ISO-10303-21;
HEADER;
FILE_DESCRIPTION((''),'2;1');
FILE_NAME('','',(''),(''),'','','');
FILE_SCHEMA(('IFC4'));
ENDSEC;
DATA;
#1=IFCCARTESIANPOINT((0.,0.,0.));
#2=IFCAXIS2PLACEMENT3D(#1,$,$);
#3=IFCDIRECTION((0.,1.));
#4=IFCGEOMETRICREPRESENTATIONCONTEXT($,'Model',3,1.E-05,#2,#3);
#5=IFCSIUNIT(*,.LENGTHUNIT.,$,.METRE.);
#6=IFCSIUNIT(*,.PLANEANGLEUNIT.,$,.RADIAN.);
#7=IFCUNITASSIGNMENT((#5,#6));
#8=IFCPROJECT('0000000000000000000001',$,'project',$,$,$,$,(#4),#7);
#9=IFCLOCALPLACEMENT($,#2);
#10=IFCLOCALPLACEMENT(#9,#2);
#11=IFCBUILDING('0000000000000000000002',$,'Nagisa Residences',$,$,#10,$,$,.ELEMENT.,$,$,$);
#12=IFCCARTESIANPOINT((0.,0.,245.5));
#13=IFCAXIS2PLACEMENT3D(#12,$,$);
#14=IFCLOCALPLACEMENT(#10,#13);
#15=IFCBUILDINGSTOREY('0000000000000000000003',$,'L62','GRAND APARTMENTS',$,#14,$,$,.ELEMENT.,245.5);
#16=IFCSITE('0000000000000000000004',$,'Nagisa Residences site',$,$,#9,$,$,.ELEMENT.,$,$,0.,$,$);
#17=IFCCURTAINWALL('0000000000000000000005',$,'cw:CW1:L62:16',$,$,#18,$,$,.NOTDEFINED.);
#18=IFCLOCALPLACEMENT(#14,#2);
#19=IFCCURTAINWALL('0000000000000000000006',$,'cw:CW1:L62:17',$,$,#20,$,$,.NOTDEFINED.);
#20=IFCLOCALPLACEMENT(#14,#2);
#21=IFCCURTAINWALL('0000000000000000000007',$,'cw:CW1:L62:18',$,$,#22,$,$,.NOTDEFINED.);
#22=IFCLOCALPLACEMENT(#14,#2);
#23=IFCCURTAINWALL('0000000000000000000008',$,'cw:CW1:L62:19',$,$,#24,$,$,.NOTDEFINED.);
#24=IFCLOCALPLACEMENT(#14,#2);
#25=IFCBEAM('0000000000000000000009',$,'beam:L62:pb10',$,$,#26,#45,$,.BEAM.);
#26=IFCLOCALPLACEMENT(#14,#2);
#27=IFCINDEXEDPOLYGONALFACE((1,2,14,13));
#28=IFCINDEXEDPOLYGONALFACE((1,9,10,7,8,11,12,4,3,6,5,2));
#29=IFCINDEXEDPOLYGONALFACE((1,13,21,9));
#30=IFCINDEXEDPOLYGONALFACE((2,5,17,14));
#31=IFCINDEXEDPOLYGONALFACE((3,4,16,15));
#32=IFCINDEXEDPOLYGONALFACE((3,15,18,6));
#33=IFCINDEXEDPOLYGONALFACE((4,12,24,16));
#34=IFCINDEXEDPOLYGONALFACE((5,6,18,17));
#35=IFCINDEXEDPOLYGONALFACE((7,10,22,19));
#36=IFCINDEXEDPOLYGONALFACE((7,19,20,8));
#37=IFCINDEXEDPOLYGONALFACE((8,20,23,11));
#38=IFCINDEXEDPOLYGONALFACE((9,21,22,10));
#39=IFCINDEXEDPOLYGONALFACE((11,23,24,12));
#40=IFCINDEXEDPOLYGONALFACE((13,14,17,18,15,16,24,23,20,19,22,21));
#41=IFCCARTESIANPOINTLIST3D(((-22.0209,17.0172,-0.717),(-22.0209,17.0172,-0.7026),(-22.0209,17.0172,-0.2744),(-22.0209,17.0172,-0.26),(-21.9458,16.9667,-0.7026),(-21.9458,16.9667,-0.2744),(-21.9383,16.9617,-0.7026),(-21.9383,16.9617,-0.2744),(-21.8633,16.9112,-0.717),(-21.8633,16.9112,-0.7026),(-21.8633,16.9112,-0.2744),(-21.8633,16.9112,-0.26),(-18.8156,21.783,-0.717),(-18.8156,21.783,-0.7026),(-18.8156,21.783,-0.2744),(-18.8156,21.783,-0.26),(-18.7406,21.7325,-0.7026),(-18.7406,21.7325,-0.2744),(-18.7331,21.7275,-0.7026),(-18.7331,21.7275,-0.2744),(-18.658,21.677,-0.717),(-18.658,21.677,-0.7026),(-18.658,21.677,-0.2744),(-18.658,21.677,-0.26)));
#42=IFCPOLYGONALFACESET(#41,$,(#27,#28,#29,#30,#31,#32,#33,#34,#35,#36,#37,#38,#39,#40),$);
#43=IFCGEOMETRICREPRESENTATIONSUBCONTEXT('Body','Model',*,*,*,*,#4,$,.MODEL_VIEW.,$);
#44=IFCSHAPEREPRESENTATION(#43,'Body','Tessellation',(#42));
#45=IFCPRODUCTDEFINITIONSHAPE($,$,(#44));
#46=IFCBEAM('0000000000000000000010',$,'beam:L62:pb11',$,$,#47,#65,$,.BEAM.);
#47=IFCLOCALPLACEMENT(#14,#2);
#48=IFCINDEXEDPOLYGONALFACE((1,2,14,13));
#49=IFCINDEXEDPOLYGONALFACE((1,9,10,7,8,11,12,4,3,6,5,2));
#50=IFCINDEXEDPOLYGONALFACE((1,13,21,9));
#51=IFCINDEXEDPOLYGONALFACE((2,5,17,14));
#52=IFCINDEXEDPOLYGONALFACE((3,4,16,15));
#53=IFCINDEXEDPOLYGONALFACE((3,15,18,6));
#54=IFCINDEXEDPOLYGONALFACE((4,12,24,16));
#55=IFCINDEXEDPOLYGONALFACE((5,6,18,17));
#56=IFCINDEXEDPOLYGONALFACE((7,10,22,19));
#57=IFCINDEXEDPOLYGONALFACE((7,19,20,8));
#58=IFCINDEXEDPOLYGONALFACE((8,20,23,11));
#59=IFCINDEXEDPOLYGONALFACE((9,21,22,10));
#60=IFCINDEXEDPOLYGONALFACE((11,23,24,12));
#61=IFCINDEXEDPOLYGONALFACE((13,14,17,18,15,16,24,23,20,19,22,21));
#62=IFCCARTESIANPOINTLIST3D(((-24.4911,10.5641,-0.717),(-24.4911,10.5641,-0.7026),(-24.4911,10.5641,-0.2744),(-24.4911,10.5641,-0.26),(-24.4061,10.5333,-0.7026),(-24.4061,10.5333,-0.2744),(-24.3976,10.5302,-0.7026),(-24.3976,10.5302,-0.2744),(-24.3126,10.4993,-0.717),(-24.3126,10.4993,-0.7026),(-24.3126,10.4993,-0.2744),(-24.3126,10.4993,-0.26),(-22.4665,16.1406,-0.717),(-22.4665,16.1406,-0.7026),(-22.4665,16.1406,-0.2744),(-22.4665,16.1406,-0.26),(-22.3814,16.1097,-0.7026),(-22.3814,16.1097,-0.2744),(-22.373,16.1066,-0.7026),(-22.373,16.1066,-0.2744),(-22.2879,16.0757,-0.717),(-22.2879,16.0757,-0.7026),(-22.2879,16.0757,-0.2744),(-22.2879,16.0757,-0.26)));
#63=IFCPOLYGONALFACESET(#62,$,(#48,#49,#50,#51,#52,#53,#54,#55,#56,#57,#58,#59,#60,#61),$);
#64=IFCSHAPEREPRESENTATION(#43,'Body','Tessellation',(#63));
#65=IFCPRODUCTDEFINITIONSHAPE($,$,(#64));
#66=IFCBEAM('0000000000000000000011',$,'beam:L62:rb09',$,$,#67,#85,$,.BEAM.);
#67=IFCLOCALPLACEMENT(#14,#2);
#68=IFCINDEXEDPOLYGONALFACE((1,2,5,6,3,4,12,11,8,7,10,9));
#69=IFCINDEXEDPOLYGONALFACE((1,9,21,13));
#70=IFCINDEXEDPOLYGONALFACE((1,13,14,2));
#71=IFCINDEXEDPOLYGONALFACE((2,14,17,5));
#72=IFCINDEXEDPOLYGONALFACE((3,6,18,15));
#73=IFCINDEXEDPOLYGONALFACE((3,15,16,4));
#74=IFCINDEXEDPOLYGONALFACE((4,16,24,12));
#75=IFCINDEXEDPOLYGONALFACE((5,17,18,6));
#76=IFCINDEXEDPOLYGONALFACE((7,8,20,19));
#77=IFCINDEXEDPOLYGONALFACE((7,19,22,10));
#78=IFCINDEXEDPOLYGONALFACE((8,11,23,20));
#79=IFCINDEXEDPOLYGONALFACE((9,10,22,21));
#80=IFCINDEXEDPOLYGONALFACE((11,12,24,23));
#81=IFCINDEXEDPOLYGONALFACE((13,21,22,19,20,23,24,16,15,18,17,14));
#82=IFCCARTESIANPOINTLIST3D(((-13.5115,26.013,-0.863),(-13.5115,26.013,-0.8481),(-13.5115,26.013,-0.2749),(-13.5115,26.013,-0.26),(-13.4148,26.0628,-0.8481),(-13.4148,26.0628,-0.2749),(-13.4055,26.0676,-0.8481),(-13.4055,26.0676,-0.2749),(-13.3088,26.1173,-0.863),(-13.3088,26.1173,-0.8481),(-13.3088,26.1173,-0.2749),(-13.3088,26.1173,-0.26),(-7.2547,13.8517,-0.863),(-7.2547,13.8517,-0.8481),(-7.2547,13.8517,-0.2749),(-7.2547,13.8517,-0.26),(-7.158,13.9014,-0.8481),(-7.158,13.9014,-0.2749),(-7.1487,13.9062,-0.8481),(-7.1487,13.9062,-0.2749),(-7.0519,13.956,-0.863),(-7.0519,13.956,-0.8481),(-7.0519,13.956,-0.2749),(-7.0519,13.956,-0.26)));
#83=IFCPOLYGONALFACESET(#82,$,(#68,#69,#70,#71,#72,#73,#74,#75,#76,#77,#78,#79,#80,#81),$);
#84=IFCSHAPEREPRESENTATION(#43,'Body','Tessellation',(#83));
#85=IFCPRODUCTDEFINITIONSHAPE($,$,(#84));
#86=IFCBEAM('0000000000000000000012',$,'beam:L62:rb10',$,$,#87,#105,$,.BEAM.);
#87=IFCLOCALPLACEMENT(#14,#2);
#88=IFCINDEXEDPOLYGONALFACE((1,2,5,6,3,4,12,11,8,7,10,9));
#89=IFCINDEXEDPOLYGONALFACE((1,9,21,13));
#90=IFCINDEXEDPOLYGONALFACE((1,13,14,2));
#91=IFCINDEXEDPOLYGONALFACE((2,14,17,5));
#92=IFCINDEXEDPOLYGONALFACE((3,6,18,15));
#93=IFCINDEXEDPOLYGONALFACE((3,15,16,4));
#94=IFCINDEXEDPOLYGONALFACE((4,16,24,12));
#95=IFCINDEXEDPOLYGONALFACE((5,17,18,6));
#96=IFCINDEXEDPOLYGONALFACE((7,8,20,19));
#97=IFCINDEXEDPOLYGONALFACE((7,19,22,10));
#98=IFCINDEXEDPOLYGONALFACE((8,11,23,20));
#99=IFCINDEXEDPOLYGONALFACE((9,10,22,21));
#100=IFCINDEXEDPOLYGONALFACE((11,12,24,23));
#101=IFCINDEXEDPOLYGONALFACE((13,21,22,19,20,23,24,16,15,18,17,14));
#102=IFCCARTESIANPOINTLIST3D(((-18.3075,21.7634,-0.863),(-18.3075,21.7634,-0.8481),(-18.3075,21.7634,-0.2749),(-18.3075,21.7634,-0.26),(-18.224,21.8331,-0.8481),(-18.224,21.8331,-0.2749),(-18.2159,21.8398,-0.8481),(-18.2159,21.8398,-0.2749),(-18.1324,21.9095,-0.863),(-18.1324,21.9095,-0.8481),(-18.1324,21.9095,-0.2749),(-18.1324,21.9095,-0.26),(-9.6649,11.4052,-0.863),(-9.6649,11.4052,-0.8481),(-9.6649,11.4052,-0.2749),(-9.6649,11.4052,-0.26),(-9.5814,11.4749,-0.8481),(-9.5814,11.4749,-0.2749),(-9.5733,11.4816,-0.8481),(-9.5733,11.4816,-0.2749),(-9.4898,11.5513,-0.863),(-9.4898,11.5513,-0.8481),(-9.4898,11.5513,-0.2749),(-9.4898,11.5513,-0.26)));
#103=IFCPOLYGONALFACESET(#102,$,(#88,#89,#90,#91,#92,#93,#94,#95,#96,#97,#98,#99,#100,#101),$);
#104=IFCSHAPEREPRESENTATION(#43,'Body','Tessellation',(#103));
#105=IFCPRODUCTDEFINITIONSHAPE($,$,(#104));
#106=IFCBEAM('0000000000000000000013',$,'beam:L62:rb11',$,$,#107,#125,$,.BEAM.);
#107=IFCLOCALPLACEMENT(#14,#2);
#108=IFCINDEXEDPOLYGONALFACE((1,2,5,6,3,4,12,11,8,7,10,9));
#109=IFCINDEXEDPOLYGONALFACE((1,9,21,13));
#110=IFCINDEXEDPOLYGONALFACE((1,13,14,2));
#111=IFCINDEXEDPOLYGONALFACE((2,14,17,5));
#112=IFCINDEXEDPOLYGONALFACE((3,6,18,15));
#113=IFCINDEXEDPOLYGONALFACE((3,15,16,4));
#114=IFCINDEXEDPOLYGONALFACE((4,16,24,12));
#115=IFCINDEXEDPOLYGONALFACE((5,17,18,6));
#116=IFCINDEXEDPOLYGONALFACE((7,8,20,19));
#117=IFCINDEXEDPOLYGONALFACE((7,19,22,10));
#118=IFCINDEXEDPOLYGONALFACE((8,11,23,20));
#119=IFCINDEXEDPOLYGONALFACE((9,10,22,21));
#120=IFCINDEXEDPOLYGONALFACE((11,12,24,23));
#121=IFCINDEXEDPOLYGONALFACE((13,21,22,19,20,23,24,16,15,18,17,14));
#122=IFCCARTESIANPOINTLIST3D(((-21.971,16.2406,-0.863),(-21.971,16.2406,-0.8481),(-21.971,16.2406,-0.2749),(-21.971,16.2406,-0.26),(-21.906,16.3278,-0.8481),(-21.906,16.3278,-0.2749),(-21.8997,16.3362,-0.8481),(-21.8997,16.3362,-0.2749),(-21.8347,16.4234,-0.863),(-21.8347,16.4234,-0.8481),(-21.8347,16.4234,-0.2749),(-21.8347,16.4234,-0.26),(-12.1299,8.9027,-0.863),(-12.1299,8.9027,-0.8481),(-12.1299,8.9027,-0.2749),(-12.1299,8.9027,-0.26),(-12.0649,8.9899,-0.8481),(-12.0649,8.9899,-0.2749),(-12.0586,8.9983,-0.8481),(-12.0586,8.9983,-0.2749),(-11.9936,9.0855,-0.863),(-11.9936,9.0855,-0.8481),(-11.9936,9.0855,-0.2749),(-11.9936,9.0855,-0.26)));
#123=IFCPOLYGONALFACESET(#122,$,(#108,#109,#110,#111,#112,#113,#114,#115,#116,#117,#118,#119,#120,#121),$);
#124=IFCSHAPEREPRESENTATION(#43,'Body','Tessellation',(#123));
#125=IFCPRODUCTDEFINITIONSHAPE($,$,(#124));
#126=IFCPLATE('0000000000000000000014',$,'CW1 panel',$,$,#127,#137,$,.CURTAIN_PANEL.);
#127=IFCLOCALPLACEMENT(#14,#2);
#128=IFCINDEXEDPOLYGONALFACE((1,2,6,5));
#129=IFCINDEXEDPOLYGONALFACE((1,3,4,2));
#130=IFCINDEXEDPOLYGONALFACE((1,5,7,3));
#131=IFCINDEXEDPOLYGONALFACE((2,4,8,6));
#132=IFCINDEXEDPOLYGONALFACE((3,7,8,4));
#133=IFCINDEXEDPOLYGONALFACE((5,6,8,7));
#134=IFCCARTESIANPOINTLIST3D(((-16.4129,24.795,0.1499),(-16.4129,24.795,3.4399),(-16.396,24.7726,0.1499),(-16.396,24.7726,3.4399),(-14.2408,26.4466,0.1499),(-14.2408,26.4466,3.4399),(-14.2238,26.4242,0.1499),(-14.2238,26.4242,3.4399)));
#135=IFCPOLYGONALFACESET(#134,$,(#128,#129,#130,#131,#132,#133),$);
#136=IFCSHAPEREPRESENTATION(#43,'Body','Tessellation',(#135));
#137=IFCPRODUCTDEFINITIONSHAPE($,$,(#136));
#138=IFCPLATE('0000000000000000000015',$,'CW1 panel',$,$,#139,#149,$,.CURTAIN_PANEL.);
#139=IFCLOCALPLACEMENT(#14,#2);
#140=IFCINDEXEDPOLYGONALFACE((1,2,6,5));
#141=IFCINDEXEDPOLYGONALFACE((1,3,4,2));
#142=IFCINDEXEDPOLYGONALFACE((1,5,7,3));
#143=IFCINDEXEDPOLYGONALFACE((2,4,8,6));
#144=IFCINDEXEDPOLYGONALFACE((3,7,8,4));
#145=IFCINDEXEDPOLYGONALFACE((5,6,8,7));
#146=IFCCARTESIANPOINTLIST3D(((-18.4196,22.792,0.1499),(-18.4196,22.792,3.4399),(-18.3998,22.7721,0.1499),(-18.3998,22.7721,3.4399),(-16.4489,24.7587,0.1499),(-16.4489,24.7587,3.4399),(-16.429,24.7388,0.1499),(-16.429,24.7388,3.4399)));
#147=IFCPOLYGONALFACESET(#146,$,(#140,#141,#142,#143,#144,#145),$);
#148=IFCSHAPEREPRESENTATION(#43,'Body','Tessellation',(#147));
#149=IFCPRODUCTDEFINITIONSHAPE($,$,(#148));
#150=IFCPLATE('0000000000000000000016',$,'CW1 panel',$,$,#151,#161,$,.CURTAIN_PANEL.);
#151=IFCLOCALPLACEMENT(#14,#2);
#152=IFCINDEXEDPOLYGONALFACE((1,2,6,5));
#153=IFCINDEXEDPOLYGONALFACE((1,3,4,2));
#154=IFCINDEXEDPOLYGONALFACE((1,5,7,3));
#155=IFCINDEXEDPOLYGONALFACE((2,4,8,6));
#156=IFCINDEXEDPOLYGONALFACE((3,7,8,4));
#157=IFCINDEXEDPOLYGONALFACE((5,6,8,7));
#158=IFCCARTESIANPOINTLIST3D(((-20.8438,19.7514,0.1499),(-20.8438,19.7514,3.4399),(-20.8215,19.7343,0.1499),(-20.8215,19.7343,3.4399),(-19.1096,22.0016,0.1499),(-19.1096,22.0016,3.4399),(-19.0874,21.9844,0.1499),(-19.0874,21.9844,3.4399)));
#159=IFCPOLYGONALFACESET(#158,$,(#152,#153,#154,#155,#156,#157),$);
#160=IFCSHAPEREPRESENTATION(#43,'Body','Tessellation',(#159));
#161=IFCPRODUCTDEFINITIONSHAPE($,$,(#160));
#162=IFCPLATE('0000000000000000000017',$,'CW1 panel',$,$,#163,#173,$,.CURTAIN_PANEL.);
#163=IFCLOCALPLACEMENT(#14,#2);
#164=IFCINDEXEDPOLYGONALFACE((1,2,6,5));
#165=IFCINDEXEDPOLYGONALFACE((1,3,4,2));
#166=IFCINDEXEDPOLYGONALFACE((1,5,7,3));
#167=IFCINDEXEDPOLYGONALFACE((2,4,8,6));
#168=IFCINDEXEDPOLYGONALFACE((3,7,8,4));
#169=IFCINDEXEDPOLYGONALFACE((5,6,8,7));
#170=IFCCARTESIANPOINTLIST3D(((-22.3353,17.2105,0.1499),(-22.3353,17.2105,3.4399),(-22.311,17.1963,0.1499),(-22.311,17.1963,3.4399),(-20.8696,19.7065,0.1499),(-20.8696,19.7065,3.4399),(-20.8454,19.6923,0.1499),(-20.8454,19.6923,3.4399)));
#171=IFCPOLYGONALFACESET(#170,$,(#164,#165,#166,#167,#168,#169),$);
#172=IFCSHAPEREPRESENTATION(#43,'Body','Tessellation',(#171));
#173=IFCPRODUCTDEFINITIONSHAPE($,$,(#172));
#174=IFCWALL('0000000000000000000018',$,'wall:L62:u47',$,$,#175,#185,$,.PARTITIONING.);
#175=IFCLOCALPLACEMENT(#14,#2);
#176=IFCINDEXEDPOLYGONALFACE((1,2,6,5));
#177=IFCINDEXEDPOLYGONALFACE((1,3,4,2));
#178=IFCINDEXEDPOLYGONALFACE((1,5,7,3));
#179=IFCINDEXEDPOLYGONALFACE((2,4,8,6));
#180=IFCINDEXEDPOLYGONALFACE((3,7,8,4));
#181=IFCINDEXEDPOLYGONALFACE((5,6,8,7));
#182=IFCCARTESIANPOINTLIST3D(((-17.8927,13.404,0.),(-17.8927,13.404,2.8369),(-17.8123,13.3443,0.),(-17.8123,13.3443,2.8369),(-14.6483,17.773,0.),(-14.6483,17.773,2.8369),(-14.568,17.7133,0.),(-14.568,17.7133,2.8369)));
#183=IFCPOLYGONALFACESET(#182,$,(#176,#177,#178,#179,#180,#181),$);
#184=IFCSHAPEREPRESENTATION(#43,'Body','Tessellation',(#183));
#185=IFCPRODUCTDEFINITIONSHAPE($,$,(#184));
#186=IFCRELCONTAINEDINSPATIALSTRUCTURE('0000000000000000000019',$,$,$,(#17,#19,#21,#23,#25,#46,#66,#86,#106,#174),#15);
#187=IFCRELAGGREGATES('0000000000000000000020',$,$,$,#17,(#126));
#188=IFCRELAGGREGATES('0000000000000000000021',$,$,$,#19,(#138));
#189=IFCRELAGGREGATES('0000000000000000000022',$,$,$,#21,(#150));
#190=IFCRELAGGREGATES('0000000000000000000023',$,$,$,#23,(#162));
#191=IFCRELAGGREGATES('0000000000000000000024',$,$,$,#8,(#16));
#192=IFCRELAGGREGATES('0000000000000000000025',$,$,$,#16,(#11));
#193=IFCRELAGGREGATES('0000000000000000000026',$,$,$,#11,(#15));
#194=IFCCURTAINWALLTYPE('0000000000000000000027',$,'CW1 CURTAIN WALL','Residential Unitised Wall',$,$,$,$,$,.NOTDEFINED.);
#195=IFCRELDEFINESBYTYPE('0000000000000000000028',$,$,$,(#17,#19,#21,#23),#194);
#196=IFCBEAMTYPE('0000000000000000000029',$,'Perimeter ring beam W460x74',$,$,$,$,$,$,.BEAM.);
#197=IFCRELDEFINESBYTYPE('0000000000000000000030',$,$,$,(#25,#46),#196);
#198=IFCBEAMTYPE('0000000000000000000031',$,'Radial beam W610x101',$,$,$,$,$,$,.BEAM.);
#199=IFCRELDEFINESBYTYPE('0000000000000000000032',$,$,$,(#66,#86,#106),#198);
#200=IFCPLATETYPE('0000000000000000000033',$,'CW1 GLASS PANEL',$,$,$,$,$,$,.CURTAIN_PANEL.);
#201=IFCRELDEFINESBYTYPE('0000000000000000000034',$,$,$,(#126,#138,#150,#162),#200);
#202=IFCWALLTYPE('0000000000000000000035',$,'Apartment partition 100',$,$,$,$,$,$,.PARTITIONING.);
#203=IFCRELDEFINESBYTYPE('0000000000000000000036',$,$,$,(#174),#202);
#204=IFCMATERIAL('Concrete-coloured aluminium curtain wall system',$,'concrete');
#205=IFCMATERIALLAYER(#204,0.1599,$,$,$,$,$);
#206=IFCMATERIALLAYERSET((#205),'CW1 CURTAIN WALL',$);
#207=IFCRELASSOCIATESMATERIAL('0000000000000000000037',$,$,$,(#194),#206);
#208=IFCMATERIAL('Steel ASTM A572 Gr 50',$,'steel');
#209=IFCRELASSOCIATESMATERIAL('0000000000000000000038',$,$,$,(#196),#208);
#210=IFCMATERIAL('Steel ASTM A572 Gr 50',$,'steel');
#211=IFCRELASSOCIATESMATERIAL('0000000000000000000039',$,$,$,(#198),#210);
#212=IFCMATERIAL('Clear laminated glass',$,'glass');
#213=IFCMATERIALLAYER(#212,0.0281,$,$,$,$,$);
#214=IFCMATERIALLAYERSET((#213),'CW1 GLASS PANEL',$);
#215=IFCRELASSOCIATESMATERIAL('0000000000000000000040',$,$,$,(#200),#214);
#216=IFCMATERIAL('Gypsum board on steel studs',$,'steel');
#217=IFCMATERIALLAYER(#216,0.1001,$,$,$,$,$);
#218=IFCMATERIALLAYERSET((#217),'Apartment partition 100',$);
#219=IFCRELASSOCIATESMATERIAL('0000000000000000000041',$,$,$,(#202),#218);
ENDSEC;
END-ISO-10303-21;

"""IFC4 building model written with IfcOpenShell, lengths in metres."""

from ifc_helpers import new_model, si_unit, direction, frame, frame_2d, origin, origin_2d, place, context, subcontext, project, spatial, rectangle, i_section, extrude, material, layer, layer_set, material_profile, profile_set, type_object, element, aggregate, save


model = new_model("IFC4")

# Units and contexts
model_context = context("Model", 3, precision=1e-05, world=origin(), true_north=direction((0.0, 1.0)))
body_context = subcontext(model_context, "Body", "Model", "MODEL_VIEW")
ifc_project = project(units=[si_unit("LENGTHUNIT", "METRE"), si_unit("PLANEANGLEUNIT", "RADIAN")], contexts=[model_context])

# Site, building, storey
site_placement = place(None, origin())
site = spatial("IfcSite", under=ifc_project, at=site_placement, Name="Nagisa Residences site", CompositionType="ELEMENT", RefElevation=0.0)
building_placement = place(site_placement, origin())
building = spatial("IfcBuilding", under=site, at=building_placement, Name="Nagisa Residences", CompositionType="ELEMENT")
storey_placement = place(building_placement, frame((0.0, 0.0, 245.5)))
storey = spatial("IfcBuildingStorey", under=building, at=storey_placement, Name="L62", Description="GRAND APARTMENTS", CompositionType="ELEMENT", Elevation=245.5)

# Curtain walls
ifc_material_1 = material(Name="Concrete-coloured aluminium curtain wall system", Category="concrete")
ifc_layer_1 = layer(ifc_material_1, 0.1599)
ifc_layer_set_1 = layer_set([ifc_layer_1], Name="CW1 CURTAIN WALL")
curtain_wall_type = type_object("IfcCurtainWallType", Name="CW1 CURTAIN WALL", Description="Residential Unitised Wall", PredefinedType="NOTDEFINED", material=ifc_layer_set_1)
curtain_wall_1_placement = place(storey_placement, origin())
curtain_wall_1 = element("IfcCurtainWall", 1, at=curtain_wall_1_placement, inside=storey, type_object=curtain_wall_type, Name="cw:CW1:L62:16", PredefinedType="NOTDEFINED")
curtain_wall_2_placement = place(storey_placement, origin())
curtain_wall_2 = element("IfcCurtainWall", 2, at=curtain_wall_2_placement, inside=storey, type_object=curtain_wall_type, Name="cw:CW1:L62:17", PredefinedType="NOTDEFINED")
curtain_wall_3_placement = place(storey_placement, origin())
curtain_wall_3 = element("IfcCurtainWall", 3, at=curtain_wall_3_placement, inside=storey, type_object=curtain_wall_type, Name="cw:CW1:L62:18", PredefinedType="NOTDEFINED")
curtain_wall_4_placement = place(storey_placement, origin())
curtain_wall_4 = element("IfcCurtainWall", 4, at=curtain_wall_4_placement, inside=storey, type_object=curtain_wall_type, Name="cw:CW1:L62:19", PredefinedType="NOTDEFINED")

# Beams
ifc_material_2 = material(Name="Steel ASTM A572 Gr 50", Category="steel")
ifc_material_profile_1 = material_profile(ifc_material_2, i_section(OverallWidth=0.1899, OverallDepth=0.457, WebThickness=0.009, FlangeThickness=0.0144, at=origin_2d()), Name="W460x74")
ifc_profile_set_1 = profile_set([ifc_material_profile_1], Name="Steel ASTM A572 Gr 50")
beam_type_1 = type_object("IfcBeamType", Name="Perimeter ring beam W460x74", PredefinedType="BEAM", material=ifc_profile_set_1)
beam_1_placement = place(storey_placement, frame((-18.7368, 21.73, -0.4885), z_axis=(-0.55808, -0.829787, 0.0), x_axis=(0.829787, -0.55808, 0.0)))
element("IfcBeam", 5, at=beam_1_placement, inside=storey, type_object=beam_type_1, Name="beam:L62:pb10", PredefinedType="BEAM", context=body_context, shape_type="SweptSolid", body=[
    extrude(i_section(OverallWidth=0.1899, OverallDepth=0.457, WebThickness=0.009, FlangeThickness=0.0144, at=origin_2d()), origin(), (0.0, 0.0, 1.0), 5.7434),
])
beam_2_placement = place(storey_placement, frame((-22.3772, 16.1082, -0.4885), z_axis=(-0.341277, -0.939963, 0.0), x_axis=(0.939963, -0.341277, 0.0)))
element("IfcBeam", 6, at=beam_2_placement, inside=storey, type_object=beam_type_1, Name="beam:L62:pb11", PredefinedType="BEAM", context=body_context, shape_type="SweptSolid", body=[
    extrude(i_section(OverallWidth=0.1899, OverallDepth=0.457, WebThickness=0.009, FlangeThickness=0.0144, at=origin_2d()), origin(), (0.0, 0.0, 1.0), 5.9326),
])
ifc_material_3 = material(Name="Steel ASTM A572 Gr 50", Category="steel")
ifc_material_profile_2 = material_profile(ifc_material_3, i_section(OverallWidth=0.228, OverallDepth=0.603, WebThickness=0.0105, FlangeThickness=0.0149, at=origin_2d()), Name="W610x101")
ifc_profile_set_2 = profile_set([ifc_material_profile_2], Name="Steel ASTM A572 Gr 50")
beam_type_2 = type_object("IfcBeamType", Name="Radial beam W610x101", PredefinedType="BEAM", material=ifc_profile_set_2)
beam_3_placement = place(storey_placement, frame((-13.4102, 26.0652, -0.5615), z_axis=(0.457488, -0.889216, 0.0), x_axis=(0.889216, 0.457488, 0.0)))
element("IfcBeam", 7, at=beam_3_placement, inside=storey, type_object=beam_type_2, Name="beam:L62:rb09", PredefinedType="BEAM", context=body_context, shape_type="SweptSolid", body=[
    extrude(i_section(OverallWidth=0.228, OverallDepth=0.603, WebThickness=0.0105, FlangeThickness=0.0149, at=origin_2d()), origin(), (0.0, 0.0, 1.0), 13.6765),
])
beam_4_placement = place(storey_placement, frame((-18.22, 21.8364, -0.5615), z_axis=(0.640656, -0.767828, 0.0), x_axis=(0.767828, 0.640656, 0.0)))
element("IfcBeam", 8, at=beam_4_placement, inside=storey, type_object=beam_type_2, Name="beam:L62:rb10", PredefinedType="BEAM", context=body_context, shape_type="SweptSolid", body=[
    extrude(i_section(OverallWidth=0.228, OverallDepth=0.603, WebThickness=0.0105, FlangeThickness=0.0149, at=origin_2d()), origin(), (0.0, 0.0, 1.0), 13.4902),
])
beam_5_placement = place(storey_placement, frame((-21.9028, 16.332, -0.5615), z_axis=(0.801675, -0.597761, 0.0), x_axis=(0.597761, 0.801675, 0.0)))
element("IfcBeam", 9, at=beam_5_placement, inside=storey, type_object=beam_type_2, Name="beam:L62:rb11", PredefinedType="BEAM", context=body_context, shape_type="SweptSolid", body=[
    extrude(i_section(OverallWidth=0.228, OverallDepth=0.603, WebThickness=0.0105, FlangeThickness=0.0149, at=origin_2d()), origin(), (0.0, 0.0, 1.0), 12.2756),
])

# Plates
ifc_material_4 = material(Name="Clear laminated glass", Category="glass")
ifc_layer_2 = layer(ifc_material_4, 0.0281)
ifc_layer_set_2 = layer_set([ifc_layer_2], Name="CW1 GLASS PANEL")
plate_type = type_object("IfcPlateType", Name="CW1 GLASS PANEL", PredefinedType="CURTAIN_PANEL", material=ifc_layer_set_2)
plate_1_placement = place(storey_placement, frame((-15.3184, 25.6096, 0.1499), z_axis=(0.0, 0.0, 1.0), x_axis=(-0.796031, -0.605255, 0.0)))
plate_1 = element("IfcPlate", 10, at=plate_1_placement, type_object=plate_type, Name="CW1 panel", PredefinedType="CURTAIN_PANEL", context=body_context, shape_type="SweptSolid", body=[
    extrude(rectangle(XDim=2.7288, YDim=0.0281, at=origin_2d()), origin(), (0.0, 0.0, 1.0), 3.29),
])
aggregate(curtain_wall_1, [plate_1])
plate_2_placement = place(storey_placement, frame((-17.4243, 23.7654, 0.1499), z_axis=(0.0, 0.0, 1.0), x_axis=(-0.707836, -0.706377, 0.0)))
plate_2 = element("IfcPlate", 11, at=plate_2_placement, type_object=plate_type, Name="CW1 panel", PredefinedType="CURTAIN_PANEL", context=body_context, shape_type="SweptSolid", body=[
    extrude(rectangle(XDim=2.7842, YDim=0.0281, at=origin_2d()), origin(), (0.0, 0.0, 1.0), 3.29),
])
aggregate(curtain_wall_2, [plate_2])
plate_3_placement = place(storey_placement, frame((-19.9656, 20.8679, 0.1499), z_axis=(0.0, 0.0, 1.0), x_axis=(-0.61043, -0.79207, 0.0)))
plate_3 = element("IfcPlate", 12, at=plate_3_placement, type_object=plate_type, Name="CW1 panel", PredefinedType="CURTAIN_PANEL", context=body_context, shape_type="SweptSolid", body=[
    extrude(rectangle(XDim=2.8408, YDim=0.0281, at=origin_2d()), origin(), (0.0, 0.0, 1.0), 3.29),
])
aggregate(curtain_wall_3, [plate_3])
plate_4_placement = place(storey_placement, frame((-21.5903, 18.4514, 0.1499), z_axis=(0.0, 0.0, 1.0), x_axis=(-0.506349, -0.862329, 0.0)))
plate_4 = element("IfcPlate", 13, at=plate_4_placement, type_object=plate_type, Name="CW1 panel", PredefinedType="CURTAIN_PANEL", context=body_context, shape_type="SweptSolid", body=[
    extrude(rectangle(XDim=2.8945, YDim=0.0281, at=origin_2d()), origin(), (0.0, 0.0, 1.0), 3.29),
])
aggregate(curtain_wall_4, [plate_4])

# Wall
ifc_material_5 = material(Name="Gypsum board on steel studs", Category="steel")
ifc_layer_3 = layer(ifc_material_5, 0.1001)
ifc_layer_set_3 = layer_set([ifc_layer_3], Name="Apartment partition 100")
wall_type_1 = type_object("IfcWallType", Name="Apartment partition 100", PredefinedType="PARTITIONING", material=ifc_layer_set_3)
wall_1_placement = place(storey_placement, frame((-14.6082, 17.7432, 0.0), z_axis=(0.0, 0.0, 1.0), x_axis=(-0.596174, -0.802855, 0.0)))
element("IfcWall", 14, at=wall_1_placement, inside=storey, type_object=wall_type_1, Name="wall:L62:u47", PredefinedType="PARTITIONING", context=body_context, shape_type="SweptSolid", body=[
    extrude(rectangle(XDim=5.4419, YDim=0.1001, at=frame_2d((2.7209, 0.0))), origin(), (0.0, 0.0, 1.0), 2.8369),
])

save(model, "model.ifc")
